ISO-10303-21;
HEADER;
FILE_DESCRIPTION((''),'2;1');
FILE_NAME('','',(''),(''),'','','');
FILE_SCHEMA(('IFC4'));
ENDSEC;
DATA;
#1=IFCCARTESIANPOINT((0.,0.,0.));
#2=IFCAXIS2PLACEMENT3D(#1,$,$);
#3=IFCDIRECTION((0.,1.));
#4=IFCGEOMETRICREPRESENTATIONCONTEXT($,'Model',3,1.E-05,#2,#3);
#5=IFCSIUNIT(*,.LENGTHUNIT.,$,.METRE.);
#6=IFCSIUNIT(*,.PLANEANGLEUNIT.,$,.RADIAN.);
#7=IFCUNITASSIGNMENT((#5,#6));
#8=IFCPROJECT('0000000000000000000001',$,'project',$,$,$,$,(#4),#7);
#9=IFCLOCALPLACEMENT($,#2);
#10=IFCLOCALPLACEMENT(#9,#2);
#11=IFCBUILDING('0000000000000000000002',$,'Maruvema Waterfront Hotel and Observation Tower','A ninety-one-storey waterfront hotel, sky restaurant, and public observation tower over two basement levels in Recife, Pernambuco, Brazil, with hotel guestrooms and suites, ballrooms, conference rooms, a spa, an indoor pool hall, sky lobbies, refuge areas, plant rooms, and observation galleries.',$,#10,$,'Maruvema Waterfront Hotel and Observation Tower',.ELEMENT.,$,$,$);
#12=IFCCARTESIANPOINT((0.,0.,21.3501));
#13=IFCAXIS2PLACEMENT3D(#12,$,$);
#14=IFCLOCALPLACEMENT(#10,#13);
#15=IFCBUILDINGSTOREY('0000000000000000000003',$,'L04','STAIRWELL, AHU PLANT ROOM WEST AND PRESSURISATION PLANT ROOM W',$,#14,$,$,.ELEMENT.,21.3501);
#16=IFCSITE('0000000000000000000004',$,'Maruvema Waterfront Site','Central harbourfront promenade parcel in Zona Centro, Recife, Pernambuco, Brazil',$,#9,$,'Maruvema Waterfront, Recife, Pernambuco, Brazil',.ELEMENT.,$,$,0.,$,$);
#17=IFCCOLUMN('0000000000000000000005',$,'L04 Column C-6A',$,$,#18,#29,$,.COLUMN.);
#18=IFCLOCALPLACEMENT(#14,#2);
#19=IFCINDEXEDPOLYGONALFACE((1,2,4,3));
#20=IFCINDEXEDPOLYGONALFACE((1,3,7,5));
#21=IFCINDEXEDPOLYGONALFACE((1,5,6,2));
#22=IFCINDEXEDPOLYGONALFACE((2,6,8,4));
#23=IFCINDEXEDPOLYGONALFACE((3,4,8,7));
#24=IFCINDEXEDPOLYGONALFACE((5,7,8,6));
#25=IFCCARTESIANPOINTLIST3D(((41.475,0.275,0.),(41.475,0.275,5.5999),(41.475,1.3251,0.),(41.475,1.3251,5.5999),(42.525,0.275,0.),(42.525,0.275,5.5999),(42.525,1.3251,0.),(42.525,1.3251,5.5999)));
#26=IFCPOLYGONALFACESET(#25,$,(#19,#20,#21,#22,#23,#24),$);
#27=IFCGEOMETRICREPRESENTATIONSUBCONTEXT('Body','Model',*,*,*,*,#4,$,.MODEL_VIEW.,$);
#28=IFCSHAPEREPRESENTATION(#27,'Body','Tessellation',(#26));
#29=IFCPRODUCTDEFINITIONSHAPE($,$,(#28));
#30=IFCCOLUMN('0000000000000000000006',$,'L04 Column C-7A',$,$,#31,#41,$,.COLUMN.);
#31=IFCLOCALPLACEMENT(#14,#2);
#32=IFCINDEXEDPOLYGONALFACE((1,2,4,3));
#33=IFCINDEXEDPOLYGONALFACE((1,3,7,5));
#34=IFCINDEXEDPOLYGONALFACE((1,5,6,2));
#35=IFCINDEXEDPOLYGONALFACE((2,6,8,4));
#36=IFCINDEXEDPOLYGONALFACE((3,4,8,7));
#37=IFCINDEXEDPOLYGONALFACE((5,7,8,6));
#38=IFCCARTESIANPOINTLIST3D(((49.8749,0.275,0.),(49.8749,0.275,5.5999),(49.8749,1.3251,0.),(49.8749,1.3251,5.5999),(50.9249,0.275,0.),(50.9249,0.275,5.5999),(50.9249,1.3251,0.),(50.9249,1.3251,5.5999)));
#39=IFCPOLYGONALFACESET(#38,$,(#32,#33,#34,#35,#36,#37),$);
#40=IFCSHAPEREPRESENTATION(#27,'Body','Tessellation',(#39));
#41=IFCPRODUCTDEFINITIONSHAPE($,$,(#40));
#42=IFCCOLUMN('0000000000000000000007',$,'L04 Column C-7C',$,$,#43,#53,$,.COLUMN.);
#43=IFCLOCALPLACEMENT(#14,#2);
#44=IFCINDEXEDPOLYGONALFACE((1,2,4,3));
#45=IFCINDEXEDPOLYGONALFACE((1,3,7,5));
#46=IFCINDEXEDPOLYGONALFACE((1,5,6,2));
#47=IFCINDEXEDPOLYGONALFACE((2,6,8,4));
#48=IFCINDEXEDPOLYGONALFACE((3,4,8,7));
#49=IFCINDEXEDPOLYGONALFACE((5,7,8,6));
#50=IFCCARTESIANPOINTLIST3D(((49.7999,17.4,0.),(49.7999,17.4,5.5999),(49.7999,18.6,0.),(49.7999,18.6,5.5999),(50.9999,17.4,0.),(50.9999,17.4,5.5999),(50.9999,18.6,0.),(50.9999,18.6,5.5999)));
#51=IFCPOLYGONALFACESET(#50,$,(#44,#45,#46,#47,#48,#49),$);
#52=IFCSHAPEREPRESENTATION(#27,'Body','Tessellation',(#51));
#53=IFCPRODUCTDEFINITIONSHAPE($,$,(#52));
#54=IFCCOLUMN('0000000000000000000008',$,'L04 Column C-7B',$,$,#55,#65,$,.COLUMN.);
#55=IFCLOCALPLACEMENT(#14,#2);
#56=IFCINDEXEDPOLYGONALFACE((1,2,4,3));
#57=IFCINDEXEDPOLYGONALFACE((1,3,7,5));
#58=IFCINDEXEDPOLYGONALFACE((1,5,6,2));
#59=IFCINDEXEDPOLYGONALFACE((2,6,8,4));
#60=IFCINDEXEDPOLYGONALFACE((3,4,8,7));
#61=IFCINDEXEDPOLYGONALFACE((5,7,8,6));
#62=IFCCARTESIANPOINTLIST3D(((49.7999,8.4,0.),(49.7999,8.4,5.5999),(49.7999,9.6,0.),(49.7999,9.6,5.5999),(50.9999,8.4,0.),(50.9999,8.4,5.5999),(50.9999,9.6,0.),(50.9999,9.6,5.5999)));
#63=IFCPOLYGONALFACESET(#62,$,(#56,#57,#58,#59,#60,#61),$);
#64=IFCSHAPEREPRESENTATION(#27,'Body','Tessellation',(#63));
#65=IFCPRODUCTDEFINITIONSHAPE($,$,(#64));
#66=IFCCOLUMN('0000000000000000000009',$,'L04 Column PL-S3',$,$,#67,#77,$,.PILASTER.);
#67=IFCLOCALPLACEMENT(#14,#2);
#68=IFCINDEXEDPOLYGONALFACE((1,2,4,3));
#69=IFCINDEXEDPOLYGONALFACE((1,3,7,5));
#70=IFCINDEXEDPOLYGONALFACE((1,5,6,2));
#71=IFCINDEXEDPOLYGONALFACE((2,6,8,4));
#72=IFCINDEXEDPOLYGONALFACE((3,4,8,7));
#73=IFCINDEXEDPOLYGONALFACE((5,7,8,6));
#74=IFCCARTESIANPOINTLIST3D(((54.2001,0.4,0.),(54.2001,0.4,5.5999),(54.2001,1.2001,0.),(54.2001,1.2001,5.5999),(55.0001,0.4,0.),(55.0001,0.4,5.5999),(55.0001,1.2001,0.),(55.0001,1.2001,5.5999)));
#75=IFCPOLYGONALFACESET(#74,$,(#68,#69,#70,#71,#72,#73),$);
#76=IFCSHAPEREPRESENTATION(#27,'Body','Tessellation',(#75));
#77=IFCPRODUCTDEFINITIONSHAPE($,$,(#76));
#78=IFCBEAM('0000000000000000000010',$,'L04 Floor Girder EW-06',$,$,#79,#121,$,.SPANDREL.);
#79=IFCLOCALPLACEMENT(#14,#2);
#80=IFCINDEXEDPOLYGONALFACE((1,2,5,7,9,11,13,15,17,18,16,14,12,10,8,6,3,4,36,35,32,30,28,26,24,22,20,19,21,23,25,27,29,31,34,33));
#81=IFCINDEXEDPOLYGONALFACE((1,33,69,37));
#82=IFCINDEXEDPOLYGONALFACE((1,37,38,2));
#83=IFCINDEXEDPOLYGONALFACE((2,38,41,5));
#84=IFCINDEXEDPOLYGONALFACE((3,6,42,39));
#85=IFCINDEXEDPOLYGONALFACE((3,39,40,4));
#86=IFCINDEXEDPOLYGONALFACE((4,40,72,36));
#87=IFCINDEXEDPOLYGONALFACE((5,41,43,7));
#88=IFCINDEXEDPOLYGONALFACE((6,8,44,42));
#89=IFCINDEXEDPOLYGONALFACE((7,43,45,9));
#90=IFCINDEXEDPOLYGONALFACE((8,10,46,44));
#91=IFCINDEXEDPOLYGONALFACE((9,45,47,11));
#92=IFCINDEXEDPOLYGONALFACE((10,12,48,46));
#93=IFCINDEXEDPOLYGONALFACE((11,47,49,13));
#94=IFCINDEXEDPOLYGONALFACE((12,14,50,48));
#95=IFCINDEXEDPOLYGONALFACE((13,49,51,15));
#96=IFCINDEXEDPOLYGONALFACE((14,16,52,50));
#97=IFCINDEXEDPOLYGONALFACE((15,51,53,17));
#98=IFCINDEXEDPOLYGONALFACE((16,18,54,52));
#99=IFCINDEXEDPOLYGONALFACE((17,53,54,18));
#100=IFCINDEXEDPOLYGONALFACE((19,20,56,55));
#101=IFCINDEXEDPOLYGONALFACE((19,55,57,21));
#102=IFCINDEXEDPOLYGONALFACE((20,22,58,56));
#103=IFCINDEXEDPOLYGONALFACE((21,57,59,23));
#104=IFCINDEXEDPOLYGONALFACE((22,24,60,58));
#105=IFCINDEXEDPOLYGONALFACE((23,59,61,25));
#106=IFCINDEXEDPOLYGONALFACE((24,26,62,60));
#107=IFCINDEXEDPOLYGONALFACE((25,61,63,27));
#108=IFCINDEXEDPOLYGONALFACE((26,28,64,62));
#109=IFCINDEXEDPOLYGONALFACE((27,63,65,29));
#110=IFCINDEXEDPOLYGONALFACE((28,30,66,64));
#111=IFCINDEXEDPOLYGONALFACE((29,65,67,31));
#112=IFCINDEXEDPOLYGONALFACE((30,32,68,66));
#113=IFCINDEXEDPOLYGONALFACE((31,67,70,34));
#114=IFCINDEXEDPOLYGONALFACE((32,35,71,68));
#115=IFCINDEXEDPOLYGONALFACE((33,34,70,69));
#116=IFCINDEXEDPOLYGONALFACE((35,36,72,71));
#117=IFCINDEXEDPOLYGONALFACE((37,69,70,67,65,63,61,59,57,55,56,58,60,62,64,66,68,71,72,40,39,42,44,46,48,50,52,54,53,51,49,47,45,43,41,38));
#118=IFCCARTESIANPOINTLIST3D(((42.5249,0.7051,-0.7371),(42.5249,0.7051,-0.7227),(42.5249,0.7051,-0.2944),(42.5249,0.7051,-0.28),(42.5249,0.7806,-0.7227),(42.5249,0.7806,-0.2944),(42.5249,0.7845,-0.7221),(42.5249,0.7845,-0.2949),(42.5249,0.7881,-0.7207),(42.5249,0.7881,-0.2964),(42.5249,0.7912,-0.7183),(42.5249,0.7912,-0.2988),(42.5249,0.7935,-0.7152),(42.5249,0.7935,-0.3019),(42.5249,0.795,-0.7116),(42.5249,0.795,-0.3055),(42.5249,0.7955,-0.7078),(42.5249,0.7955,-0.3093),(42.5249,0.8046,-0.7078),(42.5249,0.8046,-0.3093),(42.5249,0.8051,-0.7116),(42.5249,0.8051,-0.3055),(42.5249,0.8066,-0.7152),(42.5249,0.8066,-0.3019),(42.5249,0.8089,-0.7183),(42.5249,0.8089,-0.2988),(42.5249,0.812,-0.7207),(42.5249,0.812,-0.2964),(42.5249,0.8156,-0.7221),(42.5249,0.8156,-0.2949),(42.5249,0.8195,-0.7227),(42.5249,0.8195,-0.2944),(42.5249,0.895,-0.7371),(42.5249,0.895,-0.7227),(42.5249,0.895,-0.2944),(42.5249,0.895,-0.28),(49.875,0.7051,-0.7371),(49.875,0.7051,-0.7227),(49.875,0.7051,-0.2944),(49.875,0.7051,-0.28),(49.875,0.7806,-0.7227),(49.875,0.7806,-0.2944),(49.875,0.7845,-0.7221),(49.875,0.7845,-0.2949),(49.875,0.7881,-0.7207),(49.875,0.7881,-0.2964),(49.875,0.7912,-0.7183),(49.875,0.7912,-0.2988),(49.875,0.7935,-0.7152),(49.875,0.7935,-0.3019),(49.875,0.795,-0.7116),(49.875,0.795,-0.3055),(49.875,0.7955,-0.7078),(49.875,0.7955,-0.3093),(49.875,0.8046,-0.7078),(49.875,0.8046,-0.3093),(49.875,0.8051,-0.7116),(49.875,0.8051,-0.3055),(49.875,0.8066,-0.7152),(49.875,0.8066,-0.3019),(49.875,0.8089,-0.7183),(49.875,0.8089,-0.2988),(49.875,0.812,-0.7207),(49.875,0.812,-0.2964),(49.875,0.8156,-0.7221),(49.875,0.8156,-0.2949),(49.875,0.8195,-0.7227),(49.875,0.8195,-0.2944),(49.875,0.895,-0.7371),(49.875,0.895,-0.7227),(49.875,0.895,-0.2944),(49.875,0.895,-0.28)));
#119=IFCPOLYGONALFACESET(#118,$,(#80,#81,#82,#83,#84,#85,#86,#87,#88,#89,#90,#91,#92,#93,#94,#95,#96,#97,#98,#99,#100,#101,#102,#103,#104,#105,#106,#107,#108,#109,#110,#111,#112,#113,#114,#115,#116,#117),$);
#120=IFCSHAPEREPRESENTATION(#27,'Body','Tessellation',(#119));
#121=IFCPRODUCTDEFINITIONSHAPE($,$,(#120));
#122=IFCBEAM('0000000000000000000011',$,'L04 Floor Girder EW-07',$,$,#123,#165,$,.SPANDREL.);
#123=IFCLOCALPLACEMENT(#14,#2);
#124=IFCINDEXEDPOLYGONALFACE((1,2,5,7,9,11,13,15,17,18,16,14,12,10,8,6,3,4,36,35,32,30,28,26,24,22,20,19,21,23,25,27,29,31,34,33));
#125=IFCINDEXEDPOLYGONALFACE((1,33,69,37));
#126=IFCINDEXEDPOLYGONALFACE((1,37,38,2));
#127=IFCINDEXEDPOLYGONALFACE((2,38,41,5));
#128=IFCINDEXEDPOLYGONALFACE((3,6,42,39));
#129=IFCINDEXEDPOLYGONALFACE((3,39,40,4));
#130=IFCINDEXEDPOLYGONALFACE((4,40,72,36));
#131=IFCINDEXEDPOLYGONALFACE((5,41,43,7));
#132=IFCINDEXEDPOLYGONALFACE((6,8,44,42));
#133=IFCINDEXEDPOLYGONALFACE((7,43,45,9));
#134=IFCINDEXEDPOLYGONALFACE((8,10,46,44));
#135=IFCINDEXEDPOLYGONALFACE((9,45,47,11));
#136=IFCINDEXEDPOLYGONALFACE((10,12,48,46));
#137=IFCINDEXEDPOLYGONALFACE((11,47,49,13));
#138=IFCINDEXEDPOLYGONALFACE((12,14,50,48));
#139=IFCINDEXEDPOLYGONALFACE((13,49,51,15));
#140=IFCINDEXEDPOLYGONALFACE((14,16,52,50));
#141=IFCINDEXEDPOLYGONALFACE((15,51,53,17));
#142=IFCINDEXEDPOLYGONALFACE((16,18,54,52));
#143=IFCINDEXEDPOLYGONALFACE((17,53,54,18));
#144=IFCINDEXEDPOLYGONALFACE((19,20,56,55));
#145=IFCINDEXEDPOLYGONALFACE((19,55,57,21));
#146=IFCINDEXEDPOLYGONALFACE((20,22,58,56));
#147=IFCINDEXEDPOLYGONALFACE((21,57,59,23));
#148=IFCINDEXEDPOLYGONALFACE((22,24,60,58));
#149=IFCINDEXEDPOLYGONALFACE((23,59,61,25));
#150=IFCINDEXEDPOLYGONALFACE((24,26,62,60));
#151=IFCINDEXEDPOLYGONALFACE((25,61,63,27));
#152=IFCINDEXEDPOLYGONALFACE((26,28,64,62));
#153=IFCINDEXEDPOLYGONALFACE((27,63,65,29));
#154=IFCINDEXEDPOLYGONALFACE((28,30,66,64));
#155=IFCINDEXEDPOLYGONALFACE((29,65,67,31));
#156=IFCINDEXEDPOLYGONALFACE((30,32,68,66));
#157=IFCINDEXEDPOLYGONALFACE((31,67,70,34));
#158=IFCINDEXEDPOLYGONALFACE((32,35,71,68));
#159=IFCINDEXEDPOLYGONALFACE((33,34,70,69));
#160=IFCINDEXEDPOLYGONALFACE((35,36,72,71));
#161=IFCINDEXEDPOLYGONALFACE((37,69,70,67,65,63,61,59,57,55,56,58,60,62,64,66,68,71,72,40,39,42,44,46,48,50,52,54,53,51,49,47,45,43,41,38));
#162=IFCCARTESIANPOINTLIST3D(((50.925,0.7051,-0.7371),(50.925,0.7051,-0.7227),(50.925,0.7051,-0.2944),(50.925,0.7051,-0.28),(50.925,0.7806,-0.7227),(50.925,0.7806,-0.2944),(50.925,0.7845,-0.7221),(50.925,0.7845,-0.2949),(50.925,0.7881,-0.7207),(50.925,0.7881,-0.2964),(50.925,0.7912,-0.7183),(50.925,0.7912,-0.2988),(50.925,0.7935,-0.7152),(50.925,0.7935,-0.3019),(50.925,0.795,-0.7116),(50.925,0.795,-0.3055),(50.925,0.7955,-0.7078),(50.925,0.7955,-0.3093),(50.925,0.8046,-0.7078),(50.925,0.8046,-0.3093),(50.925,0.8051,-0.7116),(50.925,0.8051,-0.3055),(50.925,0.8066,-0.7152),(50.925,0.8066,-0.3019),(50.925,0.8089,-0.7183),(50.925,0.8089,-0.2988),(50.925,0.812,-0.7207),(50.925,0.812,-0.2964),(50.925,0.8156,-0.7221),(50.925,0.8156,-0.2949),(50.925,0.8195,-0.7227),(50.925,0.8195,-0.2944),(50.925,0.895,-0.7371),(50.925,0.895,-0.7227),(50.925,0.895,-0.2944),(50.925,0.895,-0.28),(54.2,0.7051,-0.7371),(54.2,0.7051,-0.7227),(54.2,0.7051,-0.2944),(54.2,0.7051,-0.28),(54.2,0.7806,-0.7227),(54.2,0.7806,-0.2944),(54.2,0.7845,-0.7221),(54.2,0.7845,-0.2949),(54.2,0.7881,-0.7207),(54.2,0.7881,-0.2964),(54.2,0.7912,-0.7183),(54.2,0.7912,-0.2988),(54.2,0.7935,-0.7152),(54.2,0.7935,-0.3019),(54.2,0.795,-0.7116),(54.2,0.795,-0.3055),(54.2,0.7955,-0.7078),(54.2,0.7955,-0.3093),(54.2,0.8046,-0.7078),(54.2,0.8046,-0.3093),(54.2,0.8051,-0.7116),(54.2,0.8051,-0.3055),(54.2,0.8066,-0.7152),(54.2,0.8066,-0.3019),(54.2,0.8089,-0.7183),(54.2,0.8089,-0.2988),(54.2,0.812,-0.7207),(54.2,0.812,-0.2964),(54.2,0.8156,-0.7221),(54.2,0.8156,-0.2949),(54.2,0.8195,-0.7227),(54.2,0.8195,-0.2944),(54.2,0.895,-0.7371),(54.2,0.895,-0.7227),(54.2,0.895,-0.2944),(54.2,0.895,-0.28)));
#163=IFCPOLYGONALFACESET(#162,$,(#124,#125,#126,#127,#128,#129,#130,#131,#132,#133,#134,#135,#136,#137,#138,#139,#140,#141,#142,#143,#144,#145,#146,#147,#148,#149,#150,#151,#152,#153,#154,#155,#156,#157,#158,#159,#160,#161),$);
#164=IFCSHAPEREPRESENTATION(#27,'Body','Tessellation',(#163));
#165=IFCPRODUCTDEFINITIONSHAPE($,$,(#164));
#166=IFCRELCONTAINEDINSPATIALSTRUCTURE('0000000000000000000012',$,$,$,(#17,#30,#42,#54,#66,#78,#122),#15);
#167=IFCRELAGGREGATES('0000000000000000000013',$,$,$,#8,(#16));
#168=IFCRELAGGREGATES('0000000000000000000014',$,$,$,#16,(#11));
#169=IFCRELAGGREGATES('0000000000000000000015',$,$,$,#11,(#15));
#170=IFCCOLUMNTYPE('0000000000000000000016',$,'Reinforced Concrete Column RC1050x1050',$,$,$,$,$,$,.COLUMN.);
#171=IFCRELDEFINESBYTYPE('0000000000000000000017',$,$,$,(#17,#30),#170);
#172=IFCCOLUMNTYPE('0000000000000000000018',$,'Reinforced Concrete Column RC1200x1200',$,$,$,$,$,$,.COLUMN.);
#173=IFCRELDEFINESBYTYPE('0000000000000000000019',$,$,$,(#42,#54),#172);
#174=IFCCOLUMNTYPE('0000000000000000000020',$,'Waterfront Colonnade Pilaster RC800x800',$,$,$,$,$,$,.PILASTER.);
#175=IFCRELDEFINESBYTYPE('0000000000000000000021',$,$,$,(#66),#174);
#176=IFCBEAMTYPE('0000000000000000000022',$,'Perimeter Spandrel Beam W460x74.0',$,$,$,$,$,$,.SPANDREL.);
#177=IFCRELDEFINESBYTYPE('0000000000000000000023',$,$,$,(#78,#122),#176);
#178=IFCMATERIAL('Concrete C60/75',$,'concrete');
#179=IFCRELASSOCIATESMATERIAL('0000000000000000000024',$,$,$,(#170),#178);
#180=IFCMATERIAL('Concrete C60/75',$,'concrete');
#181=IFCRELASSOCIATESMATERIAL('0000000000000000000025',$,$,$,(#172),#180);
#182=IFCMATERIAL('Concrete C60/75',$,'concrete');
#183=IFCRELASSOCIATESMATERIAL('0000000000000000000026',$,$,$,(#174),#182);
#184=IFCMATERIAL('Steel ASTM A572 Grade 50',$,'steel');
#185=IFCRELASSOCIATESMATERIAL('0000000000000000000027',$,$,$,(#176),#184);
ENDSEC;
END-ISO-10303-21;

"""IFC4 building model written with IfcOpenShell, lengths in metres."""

from ifc_helpers import new_model, si_unit, direction, frame, origin, origin_2d, place, context, subcontext, project, spatial, rectangle, i_section, extrude, material, material_profile, profile_set, type_object, element, save


model = new_model("IFC4")

# Units and contexts
model_context = context("Model", 3, precision=1e-05, world=origin(), true_north=direction((0.0, 1.0)))
body_context = subcontext(model_context, "Body", "Model", "MODEL_VIEW")
ifc_project = project(units=[si_unit("LENGTHUNIT", "METRE"), si_unit("PLANEANGLEUNIT", "RADIAN")], contexts=[model_context])

# Site, building, storey
site_placement = place(None, origin())
site = spatial("IfcSite", under=ifc_project, at=site_placement, Name="Maruvema Waterfront Site", Description="Central harbourfront promenade parcel in Zona Centro, Recife, Pernambuco, Brazil", LongName="Maruvema Waterfront, Recife, Pernambuco, Brazil", CompositionType="ELEMENT", RefElevation=0.0)
building_placement = place(site_placement, origin())
building = spatial("IfcBuilding", under=site, at=building_placement, Name="Maruvema Waterfront Hotel and Observation Tower", Description="A ninety-one-storey waterfront hotel, sky restaurant, and public observation tower over two basement levels in Recife, Pernambuco, Brazil, with hotel guestrooms and suites, ballrooms, conference rooms, a spa, an indoor pool hall, sky lobbies, refuge areas, plant rooms, and observation galleries.", LongName="Maruvema Waterfront Hotel and Observation Tower", CompositionType="ELEMENT")
storey_placement = place(building_placement, frame((0.0, 0.0, 21.3501)))
storey = spatial("IfcBuildingStorey", under=building, at=storey_placement, Name="L04", Description="STAIRWELL, AHU PLANT ROOM WEST AND PRESSURISATION PLANT ROOM W", CompositionType="ELEMENT", Elevation=21.3501)

# Columns
ifc_material_1 = material(Name="Concrete C60/75", Category="concrete")
ifc_material_profile_1 = material_profile(ifc_material_1, rectangle(XDim=1.05, YDim=1.05, at=origin_2d()), Name="RC1050x1050")
ifc_profile_set_1 = profile_set([ifc_material_profile_1], Name="Concrete C60/75")
column_type_1 = type_object("IfcColumnType", Name="Reinforced Concrete Column RC1050x1050", PredefinedType="COLUMN", material=ifc_profile_set_1)
for number, where, z_axis, x_axis, name in (
    (1, (42.0, 0.8, 0.0), (0.0, 0.0, 1.0), (1.0, 0.0, 0.0), "L04 Column C-6A"),
    (2, (50.3999, 0.8, 0.0), (0.0, 0.0, 1.0), (1.0, 0.0, 0.0), "L04 Column C-7A"),
):
    element("IfcColumn", number, at=place(storey_placement, frame(where, z_axis=z_axis, x_axis=x_axis)), inside=storey, type_object=column_type_1, Name=name, PredefinedType="COLUMN", context=body_context, shape_type="SweptSolid", body=[
        extrude(rectangle(XDim=1.05, YDim=1.05, at=origin_2d()), origin(), (0.0, 0.0, 1.0), 5.5999),
    ])
ifc_material_2 = material(Name="Concrete C60/75", Category="concrete")
ifc_material_profile_2 = material_profile(ifc_material_2, rectangle(XDim=1.2, YDim=1.2, at=origin_2d()), Name="RC1200x1200")
ifc_profile_set_2 = profile_set([ifc_material_profile_2], Name="Concrete C60/75")
column_type_2 = type_object("IfcColumnType", Name="Reinforced Concrete Column RC1200x1200", PredefinedType="COLUMN", material=ifc_profile_set_2)
for number, where, z_axis, x_axis, name in (
    (3, (50.3999, 18.0, 0.0), (0.0, 0.0, 1.0), (1.0, 0.0, 0.0), "L04 Column C-7C"),
    (4, (50.3999, 9.0, 0.0), (0.0, 0.0, 1.0), (1.0, 0.0, 0.0), "L04 Column C-7B"),
):
    element("IfcColumn", number, at=place(storey_placement, frame(where, z_axis=z_axis, x_axis=x_axis)), inside=storey, type_object=column_type_2, Name=name, PredefinedType="COLUMN", context=body_context, shape_type="SweptSolid", body=[
        extrude(rectangle(XDim=1.2, YDim=1.2, at=origin_2d()), origin(), (0.0, 0.0, 1.0), 5.5999),
    ])
ifc_material_3 = material(Name="Concrete C60/75", Category="concrete")
ifc_material_profile_3 = material_profile(ifc_material_3, rectangle(XDim=0.8, YDim=0.8, at=origin_2d()), Name="RC800x800")
ifc_profile_set_3 = profile_set([ifc_material_profile_3], Name="Concrete C60/75")
column_type_3 = type_object("IfcColumnType", Name="Waterfront Colonnade Pilaster RC800x800", PredefinedType="PILASTER", material=ifc_profile_set_3)
column_placement = place(storey_placement, frame((54.6001, 0.8, 0.0), z_axis=(0.0, 0.0, 1.0), x_axis=(1.0, 0.0, 0.0)))
element("IfcColumn", 5, at=column_placement, inside=storey, type_object=column_type_3, Name="L04 Column PL-S3", PredefinedType="PILASTER", context=body_context, shape_type="SweptSolid", body=[
    extrude(rectangle(XDim=0.8, YDim=0.8, at=origin_2d()), origin(), (0.0, 0.0, 1.0), 5.5999),
])

# Beams
ifc_material_4 = material(Name="Steel ASTM A572 Grade 50", Category="steel")
ifc_material_profile_4 = material_profile(ifc_material_4, i_section(OverallWidth=0.1899, OverallDepth=0.457, WebThickness=0.009, FlangeThickness=0.0144, FilletRadius=0.0149, at=origin_2d()), Name="W460x74.0")
ifc_profile_set_4 = profile_set([ifc_material_profile_4], Name="Steel ASTM A572 Grade 50")
beam_type_1 = type_object("IfcBeamType", Name="Perimeter Spandrel Beam W460x74.0", PredefinedType="SPANDREL", material=ifc_profile_set_4)
beam_1_placement = place(storey_placement, frame((42.5249, 0.8, -0.5085), z_axis=(1.0, 0.0, 0.0), x_axis=(0.0, 1.0, 0.0)))
element("IfcBeam", 6, at=beam_1_placement, inside=storey, type_object=beam_type_1, Name="L04 Floor Girder EW-06", PredefinedType="SPANDREL", context=body_context, shape_type="SweptSolid", body=[
    extrude(i_section(OverallWidth=0.1899, OverallDepth=0.457, WebThickness=0.009, FlangeThickness=0.0144, FilletRadius=0.0149, at=origin_2d()), origin(), (0.0, 0.0, 1.0), 7.3501),
])
beam_2_placement = place(storey_placement, frame((50.925, 0.8, -0.5085), z_axis=(1.0, 0.0, 0.0), x_axis=(0.0, 1.0, 0.0)))
element("IfcBeam", 7, at=beam_2_placement, inside=storey, type_object=beam_type_1, Name="L04 Floor Girder EW-07", PredefinedType="SPANDREL", context=body_context, shape_type="SweptSolid", body=[
    extrude(i_section(OverallWidth=0.1899, OverallDepth=0.457, WebThickness=0.009, FlangeThickness=0.0144, FilletRadius=0.0149, at=origin_2d()), origin(), (0.0, 0.0, 1.0), 3.2749),
])

save(model, "model.ifc")
